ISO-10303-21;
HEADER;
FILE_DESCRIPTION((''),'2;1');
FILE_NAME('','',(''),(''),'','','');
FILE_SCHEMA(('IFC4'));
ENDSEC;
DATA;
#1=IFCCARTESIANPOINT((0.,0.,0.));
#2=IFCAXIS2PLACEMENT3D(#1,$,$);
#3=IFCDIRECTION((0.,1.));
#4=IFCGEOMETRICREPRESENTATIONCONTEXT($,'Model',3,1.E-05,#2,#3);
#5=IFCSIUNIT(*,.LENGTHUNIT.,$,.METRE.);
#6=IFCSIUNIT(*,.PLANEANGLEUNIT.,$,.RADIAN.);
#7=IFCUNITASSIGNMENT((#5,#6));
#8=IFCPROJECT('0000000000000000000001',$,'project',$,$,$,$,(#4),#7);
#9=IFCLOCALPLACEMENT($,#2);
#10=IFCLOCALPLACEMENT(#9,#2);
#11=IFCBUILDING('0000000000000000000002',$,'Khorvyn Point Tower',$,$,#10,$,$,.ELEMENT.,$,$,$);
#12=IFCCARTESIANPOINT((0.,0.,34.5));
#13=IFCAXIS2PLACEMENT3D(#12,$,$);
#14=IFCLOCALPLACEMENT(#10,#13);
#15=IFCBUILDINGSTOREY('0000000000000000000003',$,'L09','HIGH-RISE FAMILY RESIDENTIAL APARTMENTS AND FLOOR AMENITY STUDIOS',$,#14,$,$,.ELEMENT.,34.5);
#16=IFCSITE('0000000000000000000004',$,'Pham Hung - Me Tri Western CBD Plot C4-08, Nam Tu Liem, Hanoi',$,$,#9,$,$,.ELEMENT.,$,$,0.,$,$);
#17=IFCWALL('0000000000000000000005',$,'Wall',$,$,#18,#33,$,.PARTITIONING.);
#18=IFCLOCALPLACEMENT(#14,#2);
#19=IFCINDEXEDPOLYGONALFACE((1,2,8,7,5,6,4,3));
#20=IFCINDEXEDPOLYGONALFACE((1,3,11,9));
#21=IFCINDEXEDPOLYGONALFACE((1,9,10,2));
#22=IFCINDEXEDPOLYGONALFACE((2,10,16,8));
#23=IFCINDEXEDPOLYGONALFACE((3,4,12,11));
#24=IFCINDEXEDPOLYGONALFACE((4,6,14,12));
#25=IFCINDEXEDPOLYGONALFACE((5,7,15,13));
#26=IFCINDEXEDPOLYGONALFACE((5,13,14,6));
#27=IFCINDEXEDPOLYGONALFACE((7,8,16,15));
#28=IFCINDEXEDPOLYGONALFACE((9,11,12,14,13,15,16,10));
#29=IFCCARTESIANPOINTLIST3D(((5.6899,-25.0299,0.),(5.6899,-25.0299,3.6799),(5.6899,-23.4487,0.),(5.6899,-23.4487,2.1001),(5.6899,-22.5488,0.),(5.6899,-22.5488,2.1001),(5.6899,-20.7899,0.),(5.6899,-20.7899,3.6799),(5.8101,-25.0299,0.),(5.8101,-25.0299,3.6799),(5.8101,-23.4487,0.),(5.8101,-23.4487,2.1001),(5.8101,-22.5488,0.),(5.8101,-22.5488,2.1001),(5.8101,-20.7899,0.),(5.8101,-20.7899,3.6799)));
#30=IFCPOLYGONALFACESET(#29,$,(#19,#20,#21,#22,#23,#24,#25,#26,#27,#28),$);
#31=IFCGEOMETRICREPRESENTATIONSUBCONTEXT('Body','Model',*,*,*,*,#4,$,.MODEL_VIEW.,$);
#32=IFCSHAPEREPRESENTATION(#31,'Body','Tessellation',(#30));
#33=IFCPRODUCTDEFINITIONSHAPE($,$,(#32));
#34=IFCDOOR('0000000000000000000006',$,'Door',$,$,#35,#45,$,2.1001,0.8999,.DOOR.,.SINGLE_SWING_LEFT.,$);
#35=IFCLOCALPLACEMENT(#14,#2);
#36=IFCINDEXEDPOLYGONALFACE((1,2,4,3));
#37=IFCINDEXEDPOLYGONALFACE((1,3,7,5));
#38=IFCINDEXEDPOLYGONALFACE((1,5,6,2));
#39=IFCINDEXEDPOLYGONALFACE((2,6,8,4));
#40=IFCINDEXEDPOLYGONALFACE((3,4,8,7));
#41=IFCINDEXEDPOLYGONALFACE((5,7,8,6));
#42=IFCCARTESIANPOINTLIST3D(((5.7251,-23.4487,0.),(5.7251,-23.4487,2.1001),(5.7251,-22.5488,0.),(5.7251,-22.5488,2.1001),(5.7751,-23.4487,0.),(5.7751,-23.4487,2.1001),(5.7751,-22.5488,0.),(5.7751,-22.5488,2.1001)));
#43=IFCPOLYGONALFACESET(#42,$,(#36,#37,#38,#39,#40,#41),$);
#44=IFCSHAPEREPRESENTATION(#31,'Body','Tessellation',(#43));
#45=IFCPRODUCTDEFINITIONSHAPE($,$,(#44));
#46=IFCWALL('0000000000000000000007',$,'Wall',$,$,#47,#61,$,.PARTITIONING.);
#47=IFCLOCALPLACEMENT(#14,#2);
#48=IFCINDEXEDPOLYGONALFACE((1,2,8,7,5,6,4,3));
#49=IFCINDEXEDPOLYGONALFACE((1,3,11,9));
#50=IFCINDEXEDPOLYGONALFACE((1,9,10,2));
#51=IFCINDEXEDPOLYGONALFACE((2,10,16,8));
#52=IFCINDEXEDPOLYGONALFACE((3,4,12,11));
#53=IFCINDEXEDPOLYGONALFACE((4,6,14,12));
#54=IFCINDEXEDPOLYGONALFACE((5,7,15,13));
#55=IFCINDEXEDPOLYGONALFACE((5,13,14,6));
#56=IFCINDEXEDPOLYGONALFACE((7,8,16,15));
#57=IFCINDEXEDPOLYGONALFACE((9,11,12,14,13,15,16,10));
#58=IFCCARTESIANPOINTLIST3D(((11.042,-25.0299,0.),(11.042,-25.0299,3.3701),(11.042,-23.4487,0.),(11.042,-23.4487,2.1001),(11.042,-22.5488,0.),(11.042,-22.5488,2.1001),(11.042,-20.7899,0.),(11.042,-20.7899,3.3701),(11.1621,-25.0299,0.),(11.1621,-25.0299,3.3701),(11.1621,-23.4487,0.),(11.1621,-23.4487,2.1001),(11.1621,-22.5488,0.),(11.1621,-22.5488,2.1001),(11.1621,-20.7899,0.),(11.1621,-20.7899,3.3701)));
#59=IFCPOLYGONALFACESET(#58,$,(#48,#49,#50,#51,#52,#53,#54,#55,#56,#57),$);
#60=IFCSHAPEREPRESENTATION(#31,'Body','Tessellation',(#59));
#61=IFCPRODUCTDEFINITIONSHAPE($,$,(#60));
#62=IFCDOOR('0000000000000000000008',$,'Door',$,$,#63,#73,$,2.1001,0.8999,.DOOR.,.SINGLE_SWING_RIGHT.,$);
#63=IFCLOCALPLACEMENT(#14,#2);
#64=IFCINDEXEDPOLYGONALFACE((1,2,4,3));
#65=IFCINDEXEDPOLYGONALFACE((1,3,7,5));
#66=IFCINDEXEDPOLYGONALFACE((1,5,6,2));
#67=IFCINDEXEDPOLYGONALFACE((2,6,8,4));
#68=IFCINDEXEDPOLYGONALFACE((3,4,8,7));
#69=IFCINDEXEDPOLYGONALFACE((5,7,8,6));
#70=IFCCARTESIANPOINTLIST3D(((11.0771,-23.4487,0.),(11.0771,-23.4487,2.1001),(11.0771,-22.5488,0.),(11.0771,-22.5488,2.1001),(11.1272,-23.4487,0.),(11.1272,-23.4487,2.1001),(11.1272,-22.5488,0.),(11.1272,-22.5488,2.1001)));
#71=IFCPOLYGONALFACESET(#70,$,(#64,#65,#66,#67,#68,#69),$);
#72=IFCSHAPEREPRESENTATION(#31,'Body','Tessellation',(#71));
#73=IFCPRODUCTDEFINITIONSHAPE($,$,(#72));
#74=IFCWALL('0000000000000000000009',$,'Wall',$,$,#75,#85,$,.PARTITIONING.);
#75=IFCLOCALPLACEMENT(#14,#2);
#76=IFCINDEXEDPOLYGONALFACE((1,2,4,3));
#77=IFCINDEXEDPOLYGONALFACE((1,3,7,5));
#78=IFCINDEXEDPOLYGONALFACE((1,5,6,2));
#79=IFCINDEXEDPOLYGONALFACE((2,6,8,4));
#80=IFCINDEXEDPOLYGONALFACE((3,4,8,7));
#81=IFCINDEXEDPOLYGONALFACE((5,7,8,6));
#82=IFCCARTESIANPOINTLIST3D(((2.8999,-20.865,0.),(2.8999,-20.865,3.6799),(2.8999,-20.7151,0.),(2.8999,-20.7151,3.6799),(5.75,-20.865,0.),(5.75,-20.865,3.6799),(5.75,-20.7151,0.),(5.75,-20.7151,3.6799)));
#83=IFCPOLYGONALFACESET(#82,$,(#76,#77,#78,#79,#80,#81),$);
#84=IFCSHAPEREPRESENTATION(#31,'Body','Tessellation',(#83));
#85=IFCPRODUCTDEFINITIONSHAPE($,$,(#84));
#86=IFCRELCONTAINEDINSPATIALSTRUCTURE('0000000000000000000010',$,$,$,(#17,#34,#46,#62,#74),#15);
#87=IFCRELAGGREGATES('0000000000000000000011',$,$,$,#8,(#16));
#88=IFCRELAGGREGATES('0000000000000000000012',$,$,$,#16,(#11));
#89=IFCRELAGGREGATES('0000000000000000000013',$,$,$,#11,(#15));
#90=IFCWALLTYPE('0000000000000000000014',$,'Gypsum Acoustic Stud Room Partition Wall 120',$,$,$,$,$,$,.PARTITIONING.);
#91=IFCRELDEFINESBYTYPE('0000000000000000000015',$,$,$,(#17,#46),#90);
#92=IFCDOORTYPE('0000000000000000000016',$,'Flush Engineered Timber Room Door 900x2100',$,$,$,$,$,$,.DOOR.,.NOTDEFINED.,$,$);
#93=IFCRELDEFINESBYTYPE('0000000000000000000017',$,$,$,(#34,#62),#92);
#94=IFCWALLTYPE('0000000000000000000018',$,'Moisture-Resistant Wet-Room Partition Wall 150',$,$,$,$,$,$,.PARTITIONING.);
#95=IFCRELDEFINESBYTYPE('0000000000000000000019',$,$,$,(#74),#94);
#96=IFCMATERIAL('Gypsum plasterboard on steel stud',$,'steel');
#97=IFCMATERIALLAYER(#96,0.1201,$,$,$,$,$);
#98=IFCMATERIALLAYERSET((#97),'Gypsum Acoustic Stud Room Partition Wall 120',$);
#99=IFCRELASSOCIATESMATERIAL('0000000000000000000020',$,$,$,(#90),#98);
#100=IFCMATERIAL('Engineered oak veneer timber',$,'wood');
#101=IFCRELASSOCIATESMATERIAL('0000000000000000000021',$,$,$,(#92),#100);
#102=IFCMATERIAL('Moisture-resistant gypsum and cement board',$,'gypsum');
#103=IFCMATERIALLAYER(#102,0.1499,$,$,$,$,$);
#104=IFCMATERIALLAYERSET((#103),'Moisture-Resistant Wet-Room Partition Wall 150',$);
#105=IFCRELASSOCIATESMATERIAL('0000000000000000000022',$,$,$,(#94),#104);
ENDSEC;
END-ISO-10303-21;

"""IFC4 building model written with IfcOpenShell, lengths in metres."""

from ifc_helpers import new_model, si_unit, direction, frame, frame_2d, origin, place, context, subcontext, project, spatial, rectangle, extrude, material, layer, layer_set, type_object, element, fill, save


model = new_model("IFC4")

# Units and contexts
model_context = context("Model", 3, precision=1e-05, world=origin(), true_north=direction((0.0, 1.0)))
body_context = subcontext(model_context, "Body", "Model", "MODEL_VIEW")
ifc_project = project(units=[si_unit("LENGTHUNIT", "METRE"), si_unit("PLANEANGLEUNIT", "RADIAN")], contexts=[model_context])

# Site, building, storey
site_placement = place(None, origin())
site = spatial("IfcSite", under=ifc_project, at=site_placement, Name="Pham Hung - Me Tri Western CBD Plot C4-08, Nam Tu Liem, Hanoi", CompositionType="ELEMENT", RefElevation=0.0)
building_placement = place(site_placement, origin())
building = spatial("IfcBuilding", under=site, at=building_placement, Name="Khorvyn Point Tower", CompositionType="ELEMENT")
storey_placement = place(building_placement, frame((0.0, 0.0, 34.5)))
storey = spatial("IfcBuildingStorey", under=building, at=storey_placement, Name="L09", Description="HIGH-RISE FAMILY RESIDENTIAL APARTMENTS AND FLOOR AMENITY STUDIOS", CompositionType="ELEMENT", Elevation=34.5)

# Walls, openings, doors
ifc_material_1 = material(Name="Gypsum plasterboard on steel stud", Category="steel")
ifc_layer_1 = layer(ifc_material_1, 0.1201)
ifc_layer_set_1 = layer_set([ifc_layer_1], Name="Gypsum Acoustic Stud Room Partition Wall 120")
wall_type_1 = type_object("IfcWallType", Name="Gypsum Acoustic Stud Room Partition Wall 120", PredefinedType="PARTITIONING", material=ifc_layer_set_1)
wall_1_placement = place(storey_placement, frame((5.75, -25.03, 0.0), z_axis=(0.0, 0.0, 1.0), x_axis=(0.0, 1.0, 0.0)))
wall_1 = element("IfcWall", 1, at=wall_1_placement, inside=storey, type_object=wall_type_1, Name="Wall", PredefinedType="PARTITIONING", context=body_context, shape_type="SweptSolid", body=[
    extrude(rectangle(XDim=4.24, YDim=0.1201, at=frame_2d((2.1201, 0.0))), origin(), (0.0, 0.0, 1.0), 3.6799),
])
opening_1_placement = place(wall_1_placement, frame((1.5813, 0.0, 0.0)))
opening_1 = element("IfcOpeningElement", 2, at=opening_1_placement, cuts=wall_1, PredefinedType="OPENING", context=body_context, shape_type="SweptSolid", body=[
    extrude(rectangle(XDim=0.8999, YDim=2.1001, at=frame_2d((0.45, 1.05))), frame((0.0, 0.0701, 0.0), z_axis=(0.0, -1.0, 0.0), x_axis=(1.0, 0.0, 0.0)), (0.0, 0.0, 1.0), 0.1401),
])
ifc_material_2 = material(Name="Engineered oak veneer timber", Category="wood")
door_type = type_object("IfcDoorType", Name="Flush Engineered Timber Room Door 900x2100", OperationType="NOTDEFINED", PredefinedType="DOOR", material=ifc_material_2)
door_1_placement = place(opening_1_placement, origin())
door_1 = element("IfcDoor", 3, at=door_1_placement, inside=storey, type_object=door_type, Name="Door", OperationType="SINGLE_SWING_LEFT", OverallHeight=2.1001, OverallWidth=0.8999, PredefinedType="DOOR", context=body_context, shape_type="SweptSolid", body=[
    extrude(rectangle(XDim=0.8999, YDim=2.1001, at=frame_2d((0.45, 1.05))), frame((0.0, 0.0249, 0.0), z_axis=(0.0, -1.0, 0.0), x_axis=(1.0, 0.0, 0.0)), (0.0, 0.0, 1.0), 0.05),
])
fill(opening_1, door_1)
wall_2_placement = place(storey_placement, frame((11.1021, -25.03, 0.0), z_axis=(0.0, 0.0, 1.0), x_axis=(0.0, 1.0, 0.0)))
wall_2 = element("IfcWall", 4, at=wall_2_placement, inside=storey, type_object=wall_type_1, Name="Wall", PredefinedType="PARTITIONING", context=body_context, shape_type="SweptSolid", body=[
    extrude(rectangle(XDim=4.24, YDim=0.1201, at=frame_2d((2.1201, 0.0))), origin(), (0.0, 0.0, 1.0), 3.3701),
])
opening_2_placement = place(wall_2_placement, frame((1.5813, 0.0, 0.0)))
opening_2 = element("IfcOpeningElement", 5, at=opening_2_placement, cuts=wall_2, PredefinedType="OPENING", context=body_context, shape_type="SweptSolid", body=[
    extrude(rectangle(XDim=0.8999, YDim=2.1001, at=frame_2d((0.45, 1.05))), frame((0.0, 0.0701, 0.0), z_axis=(0.0, -1.0, 0.0), x_axis=(1.0, 0.0, 0.0)), (0.0, 0.0, 1.0), 0.1401),
])
door_2_placement = place(opening_2_placement, origin())
door_2 = element("IfcDoor", 6, at=door_2_placement, inside=storey, type_object=door_type, Name="Door", OperationType="SINGLE_SWING_RIGHT", OverallHeight=2.1001, OverallWidth=0.8999, PredefinedType="DOOR", context=body_context, shape_type="SweptSolid", body=[
    extrude(rectangle(XDim=0.8999, YDim=2.1001, at=frame_2d((0.45, 1.05))), frame((0.0, 0.0249, 0.0), z_axis=(0.0, -1.0, 0.0), x_axis=(1.0, 0.0, 0.0)), (0.0, 0.0, 1.0), 0.05),
])
fill(opening_2, door_2)

# Wall
ifc_material_3 = material(Name="Moisture-resistant gypsum and cement board", Category="gypsum")
ifc_layer_2 = layer(ifc_material_3, 0.1499)
ifc_layer_set_2 = layer_set([ifc_layer_2], Name="Moisture-Resistant Wet-Room Partition Wall 150")
wall_type_2 = type_object("IfcWallType", Name="Moisture-Resistant Wet-Room Partition Wall 150", PredefinedType="PARTITIONING", material=ifc_layer_set_2)
wall_3_placement = place(storey_placement, frame((2.8999, -20.79, 0.0), z_axis=(0.0, 0.0, 1.0), x_axis=(1.0, 0.0, 0.0)))
element("IfcWall", 7, at=wall_3_placement, inside=storey, type_object=wall_type_2, Name="Wall", PredefinedType="PARTITIONING", context=body_context, shape_type="SweptSolid", body=[
    extrude(rectangle(XDim=2.8501, YDim=0.1499, at=frame_2d((1.425, 0.0))), origin(), (0.0, 0.0, 1.0), 3.6799),
])

save(model, "model.ifc")
